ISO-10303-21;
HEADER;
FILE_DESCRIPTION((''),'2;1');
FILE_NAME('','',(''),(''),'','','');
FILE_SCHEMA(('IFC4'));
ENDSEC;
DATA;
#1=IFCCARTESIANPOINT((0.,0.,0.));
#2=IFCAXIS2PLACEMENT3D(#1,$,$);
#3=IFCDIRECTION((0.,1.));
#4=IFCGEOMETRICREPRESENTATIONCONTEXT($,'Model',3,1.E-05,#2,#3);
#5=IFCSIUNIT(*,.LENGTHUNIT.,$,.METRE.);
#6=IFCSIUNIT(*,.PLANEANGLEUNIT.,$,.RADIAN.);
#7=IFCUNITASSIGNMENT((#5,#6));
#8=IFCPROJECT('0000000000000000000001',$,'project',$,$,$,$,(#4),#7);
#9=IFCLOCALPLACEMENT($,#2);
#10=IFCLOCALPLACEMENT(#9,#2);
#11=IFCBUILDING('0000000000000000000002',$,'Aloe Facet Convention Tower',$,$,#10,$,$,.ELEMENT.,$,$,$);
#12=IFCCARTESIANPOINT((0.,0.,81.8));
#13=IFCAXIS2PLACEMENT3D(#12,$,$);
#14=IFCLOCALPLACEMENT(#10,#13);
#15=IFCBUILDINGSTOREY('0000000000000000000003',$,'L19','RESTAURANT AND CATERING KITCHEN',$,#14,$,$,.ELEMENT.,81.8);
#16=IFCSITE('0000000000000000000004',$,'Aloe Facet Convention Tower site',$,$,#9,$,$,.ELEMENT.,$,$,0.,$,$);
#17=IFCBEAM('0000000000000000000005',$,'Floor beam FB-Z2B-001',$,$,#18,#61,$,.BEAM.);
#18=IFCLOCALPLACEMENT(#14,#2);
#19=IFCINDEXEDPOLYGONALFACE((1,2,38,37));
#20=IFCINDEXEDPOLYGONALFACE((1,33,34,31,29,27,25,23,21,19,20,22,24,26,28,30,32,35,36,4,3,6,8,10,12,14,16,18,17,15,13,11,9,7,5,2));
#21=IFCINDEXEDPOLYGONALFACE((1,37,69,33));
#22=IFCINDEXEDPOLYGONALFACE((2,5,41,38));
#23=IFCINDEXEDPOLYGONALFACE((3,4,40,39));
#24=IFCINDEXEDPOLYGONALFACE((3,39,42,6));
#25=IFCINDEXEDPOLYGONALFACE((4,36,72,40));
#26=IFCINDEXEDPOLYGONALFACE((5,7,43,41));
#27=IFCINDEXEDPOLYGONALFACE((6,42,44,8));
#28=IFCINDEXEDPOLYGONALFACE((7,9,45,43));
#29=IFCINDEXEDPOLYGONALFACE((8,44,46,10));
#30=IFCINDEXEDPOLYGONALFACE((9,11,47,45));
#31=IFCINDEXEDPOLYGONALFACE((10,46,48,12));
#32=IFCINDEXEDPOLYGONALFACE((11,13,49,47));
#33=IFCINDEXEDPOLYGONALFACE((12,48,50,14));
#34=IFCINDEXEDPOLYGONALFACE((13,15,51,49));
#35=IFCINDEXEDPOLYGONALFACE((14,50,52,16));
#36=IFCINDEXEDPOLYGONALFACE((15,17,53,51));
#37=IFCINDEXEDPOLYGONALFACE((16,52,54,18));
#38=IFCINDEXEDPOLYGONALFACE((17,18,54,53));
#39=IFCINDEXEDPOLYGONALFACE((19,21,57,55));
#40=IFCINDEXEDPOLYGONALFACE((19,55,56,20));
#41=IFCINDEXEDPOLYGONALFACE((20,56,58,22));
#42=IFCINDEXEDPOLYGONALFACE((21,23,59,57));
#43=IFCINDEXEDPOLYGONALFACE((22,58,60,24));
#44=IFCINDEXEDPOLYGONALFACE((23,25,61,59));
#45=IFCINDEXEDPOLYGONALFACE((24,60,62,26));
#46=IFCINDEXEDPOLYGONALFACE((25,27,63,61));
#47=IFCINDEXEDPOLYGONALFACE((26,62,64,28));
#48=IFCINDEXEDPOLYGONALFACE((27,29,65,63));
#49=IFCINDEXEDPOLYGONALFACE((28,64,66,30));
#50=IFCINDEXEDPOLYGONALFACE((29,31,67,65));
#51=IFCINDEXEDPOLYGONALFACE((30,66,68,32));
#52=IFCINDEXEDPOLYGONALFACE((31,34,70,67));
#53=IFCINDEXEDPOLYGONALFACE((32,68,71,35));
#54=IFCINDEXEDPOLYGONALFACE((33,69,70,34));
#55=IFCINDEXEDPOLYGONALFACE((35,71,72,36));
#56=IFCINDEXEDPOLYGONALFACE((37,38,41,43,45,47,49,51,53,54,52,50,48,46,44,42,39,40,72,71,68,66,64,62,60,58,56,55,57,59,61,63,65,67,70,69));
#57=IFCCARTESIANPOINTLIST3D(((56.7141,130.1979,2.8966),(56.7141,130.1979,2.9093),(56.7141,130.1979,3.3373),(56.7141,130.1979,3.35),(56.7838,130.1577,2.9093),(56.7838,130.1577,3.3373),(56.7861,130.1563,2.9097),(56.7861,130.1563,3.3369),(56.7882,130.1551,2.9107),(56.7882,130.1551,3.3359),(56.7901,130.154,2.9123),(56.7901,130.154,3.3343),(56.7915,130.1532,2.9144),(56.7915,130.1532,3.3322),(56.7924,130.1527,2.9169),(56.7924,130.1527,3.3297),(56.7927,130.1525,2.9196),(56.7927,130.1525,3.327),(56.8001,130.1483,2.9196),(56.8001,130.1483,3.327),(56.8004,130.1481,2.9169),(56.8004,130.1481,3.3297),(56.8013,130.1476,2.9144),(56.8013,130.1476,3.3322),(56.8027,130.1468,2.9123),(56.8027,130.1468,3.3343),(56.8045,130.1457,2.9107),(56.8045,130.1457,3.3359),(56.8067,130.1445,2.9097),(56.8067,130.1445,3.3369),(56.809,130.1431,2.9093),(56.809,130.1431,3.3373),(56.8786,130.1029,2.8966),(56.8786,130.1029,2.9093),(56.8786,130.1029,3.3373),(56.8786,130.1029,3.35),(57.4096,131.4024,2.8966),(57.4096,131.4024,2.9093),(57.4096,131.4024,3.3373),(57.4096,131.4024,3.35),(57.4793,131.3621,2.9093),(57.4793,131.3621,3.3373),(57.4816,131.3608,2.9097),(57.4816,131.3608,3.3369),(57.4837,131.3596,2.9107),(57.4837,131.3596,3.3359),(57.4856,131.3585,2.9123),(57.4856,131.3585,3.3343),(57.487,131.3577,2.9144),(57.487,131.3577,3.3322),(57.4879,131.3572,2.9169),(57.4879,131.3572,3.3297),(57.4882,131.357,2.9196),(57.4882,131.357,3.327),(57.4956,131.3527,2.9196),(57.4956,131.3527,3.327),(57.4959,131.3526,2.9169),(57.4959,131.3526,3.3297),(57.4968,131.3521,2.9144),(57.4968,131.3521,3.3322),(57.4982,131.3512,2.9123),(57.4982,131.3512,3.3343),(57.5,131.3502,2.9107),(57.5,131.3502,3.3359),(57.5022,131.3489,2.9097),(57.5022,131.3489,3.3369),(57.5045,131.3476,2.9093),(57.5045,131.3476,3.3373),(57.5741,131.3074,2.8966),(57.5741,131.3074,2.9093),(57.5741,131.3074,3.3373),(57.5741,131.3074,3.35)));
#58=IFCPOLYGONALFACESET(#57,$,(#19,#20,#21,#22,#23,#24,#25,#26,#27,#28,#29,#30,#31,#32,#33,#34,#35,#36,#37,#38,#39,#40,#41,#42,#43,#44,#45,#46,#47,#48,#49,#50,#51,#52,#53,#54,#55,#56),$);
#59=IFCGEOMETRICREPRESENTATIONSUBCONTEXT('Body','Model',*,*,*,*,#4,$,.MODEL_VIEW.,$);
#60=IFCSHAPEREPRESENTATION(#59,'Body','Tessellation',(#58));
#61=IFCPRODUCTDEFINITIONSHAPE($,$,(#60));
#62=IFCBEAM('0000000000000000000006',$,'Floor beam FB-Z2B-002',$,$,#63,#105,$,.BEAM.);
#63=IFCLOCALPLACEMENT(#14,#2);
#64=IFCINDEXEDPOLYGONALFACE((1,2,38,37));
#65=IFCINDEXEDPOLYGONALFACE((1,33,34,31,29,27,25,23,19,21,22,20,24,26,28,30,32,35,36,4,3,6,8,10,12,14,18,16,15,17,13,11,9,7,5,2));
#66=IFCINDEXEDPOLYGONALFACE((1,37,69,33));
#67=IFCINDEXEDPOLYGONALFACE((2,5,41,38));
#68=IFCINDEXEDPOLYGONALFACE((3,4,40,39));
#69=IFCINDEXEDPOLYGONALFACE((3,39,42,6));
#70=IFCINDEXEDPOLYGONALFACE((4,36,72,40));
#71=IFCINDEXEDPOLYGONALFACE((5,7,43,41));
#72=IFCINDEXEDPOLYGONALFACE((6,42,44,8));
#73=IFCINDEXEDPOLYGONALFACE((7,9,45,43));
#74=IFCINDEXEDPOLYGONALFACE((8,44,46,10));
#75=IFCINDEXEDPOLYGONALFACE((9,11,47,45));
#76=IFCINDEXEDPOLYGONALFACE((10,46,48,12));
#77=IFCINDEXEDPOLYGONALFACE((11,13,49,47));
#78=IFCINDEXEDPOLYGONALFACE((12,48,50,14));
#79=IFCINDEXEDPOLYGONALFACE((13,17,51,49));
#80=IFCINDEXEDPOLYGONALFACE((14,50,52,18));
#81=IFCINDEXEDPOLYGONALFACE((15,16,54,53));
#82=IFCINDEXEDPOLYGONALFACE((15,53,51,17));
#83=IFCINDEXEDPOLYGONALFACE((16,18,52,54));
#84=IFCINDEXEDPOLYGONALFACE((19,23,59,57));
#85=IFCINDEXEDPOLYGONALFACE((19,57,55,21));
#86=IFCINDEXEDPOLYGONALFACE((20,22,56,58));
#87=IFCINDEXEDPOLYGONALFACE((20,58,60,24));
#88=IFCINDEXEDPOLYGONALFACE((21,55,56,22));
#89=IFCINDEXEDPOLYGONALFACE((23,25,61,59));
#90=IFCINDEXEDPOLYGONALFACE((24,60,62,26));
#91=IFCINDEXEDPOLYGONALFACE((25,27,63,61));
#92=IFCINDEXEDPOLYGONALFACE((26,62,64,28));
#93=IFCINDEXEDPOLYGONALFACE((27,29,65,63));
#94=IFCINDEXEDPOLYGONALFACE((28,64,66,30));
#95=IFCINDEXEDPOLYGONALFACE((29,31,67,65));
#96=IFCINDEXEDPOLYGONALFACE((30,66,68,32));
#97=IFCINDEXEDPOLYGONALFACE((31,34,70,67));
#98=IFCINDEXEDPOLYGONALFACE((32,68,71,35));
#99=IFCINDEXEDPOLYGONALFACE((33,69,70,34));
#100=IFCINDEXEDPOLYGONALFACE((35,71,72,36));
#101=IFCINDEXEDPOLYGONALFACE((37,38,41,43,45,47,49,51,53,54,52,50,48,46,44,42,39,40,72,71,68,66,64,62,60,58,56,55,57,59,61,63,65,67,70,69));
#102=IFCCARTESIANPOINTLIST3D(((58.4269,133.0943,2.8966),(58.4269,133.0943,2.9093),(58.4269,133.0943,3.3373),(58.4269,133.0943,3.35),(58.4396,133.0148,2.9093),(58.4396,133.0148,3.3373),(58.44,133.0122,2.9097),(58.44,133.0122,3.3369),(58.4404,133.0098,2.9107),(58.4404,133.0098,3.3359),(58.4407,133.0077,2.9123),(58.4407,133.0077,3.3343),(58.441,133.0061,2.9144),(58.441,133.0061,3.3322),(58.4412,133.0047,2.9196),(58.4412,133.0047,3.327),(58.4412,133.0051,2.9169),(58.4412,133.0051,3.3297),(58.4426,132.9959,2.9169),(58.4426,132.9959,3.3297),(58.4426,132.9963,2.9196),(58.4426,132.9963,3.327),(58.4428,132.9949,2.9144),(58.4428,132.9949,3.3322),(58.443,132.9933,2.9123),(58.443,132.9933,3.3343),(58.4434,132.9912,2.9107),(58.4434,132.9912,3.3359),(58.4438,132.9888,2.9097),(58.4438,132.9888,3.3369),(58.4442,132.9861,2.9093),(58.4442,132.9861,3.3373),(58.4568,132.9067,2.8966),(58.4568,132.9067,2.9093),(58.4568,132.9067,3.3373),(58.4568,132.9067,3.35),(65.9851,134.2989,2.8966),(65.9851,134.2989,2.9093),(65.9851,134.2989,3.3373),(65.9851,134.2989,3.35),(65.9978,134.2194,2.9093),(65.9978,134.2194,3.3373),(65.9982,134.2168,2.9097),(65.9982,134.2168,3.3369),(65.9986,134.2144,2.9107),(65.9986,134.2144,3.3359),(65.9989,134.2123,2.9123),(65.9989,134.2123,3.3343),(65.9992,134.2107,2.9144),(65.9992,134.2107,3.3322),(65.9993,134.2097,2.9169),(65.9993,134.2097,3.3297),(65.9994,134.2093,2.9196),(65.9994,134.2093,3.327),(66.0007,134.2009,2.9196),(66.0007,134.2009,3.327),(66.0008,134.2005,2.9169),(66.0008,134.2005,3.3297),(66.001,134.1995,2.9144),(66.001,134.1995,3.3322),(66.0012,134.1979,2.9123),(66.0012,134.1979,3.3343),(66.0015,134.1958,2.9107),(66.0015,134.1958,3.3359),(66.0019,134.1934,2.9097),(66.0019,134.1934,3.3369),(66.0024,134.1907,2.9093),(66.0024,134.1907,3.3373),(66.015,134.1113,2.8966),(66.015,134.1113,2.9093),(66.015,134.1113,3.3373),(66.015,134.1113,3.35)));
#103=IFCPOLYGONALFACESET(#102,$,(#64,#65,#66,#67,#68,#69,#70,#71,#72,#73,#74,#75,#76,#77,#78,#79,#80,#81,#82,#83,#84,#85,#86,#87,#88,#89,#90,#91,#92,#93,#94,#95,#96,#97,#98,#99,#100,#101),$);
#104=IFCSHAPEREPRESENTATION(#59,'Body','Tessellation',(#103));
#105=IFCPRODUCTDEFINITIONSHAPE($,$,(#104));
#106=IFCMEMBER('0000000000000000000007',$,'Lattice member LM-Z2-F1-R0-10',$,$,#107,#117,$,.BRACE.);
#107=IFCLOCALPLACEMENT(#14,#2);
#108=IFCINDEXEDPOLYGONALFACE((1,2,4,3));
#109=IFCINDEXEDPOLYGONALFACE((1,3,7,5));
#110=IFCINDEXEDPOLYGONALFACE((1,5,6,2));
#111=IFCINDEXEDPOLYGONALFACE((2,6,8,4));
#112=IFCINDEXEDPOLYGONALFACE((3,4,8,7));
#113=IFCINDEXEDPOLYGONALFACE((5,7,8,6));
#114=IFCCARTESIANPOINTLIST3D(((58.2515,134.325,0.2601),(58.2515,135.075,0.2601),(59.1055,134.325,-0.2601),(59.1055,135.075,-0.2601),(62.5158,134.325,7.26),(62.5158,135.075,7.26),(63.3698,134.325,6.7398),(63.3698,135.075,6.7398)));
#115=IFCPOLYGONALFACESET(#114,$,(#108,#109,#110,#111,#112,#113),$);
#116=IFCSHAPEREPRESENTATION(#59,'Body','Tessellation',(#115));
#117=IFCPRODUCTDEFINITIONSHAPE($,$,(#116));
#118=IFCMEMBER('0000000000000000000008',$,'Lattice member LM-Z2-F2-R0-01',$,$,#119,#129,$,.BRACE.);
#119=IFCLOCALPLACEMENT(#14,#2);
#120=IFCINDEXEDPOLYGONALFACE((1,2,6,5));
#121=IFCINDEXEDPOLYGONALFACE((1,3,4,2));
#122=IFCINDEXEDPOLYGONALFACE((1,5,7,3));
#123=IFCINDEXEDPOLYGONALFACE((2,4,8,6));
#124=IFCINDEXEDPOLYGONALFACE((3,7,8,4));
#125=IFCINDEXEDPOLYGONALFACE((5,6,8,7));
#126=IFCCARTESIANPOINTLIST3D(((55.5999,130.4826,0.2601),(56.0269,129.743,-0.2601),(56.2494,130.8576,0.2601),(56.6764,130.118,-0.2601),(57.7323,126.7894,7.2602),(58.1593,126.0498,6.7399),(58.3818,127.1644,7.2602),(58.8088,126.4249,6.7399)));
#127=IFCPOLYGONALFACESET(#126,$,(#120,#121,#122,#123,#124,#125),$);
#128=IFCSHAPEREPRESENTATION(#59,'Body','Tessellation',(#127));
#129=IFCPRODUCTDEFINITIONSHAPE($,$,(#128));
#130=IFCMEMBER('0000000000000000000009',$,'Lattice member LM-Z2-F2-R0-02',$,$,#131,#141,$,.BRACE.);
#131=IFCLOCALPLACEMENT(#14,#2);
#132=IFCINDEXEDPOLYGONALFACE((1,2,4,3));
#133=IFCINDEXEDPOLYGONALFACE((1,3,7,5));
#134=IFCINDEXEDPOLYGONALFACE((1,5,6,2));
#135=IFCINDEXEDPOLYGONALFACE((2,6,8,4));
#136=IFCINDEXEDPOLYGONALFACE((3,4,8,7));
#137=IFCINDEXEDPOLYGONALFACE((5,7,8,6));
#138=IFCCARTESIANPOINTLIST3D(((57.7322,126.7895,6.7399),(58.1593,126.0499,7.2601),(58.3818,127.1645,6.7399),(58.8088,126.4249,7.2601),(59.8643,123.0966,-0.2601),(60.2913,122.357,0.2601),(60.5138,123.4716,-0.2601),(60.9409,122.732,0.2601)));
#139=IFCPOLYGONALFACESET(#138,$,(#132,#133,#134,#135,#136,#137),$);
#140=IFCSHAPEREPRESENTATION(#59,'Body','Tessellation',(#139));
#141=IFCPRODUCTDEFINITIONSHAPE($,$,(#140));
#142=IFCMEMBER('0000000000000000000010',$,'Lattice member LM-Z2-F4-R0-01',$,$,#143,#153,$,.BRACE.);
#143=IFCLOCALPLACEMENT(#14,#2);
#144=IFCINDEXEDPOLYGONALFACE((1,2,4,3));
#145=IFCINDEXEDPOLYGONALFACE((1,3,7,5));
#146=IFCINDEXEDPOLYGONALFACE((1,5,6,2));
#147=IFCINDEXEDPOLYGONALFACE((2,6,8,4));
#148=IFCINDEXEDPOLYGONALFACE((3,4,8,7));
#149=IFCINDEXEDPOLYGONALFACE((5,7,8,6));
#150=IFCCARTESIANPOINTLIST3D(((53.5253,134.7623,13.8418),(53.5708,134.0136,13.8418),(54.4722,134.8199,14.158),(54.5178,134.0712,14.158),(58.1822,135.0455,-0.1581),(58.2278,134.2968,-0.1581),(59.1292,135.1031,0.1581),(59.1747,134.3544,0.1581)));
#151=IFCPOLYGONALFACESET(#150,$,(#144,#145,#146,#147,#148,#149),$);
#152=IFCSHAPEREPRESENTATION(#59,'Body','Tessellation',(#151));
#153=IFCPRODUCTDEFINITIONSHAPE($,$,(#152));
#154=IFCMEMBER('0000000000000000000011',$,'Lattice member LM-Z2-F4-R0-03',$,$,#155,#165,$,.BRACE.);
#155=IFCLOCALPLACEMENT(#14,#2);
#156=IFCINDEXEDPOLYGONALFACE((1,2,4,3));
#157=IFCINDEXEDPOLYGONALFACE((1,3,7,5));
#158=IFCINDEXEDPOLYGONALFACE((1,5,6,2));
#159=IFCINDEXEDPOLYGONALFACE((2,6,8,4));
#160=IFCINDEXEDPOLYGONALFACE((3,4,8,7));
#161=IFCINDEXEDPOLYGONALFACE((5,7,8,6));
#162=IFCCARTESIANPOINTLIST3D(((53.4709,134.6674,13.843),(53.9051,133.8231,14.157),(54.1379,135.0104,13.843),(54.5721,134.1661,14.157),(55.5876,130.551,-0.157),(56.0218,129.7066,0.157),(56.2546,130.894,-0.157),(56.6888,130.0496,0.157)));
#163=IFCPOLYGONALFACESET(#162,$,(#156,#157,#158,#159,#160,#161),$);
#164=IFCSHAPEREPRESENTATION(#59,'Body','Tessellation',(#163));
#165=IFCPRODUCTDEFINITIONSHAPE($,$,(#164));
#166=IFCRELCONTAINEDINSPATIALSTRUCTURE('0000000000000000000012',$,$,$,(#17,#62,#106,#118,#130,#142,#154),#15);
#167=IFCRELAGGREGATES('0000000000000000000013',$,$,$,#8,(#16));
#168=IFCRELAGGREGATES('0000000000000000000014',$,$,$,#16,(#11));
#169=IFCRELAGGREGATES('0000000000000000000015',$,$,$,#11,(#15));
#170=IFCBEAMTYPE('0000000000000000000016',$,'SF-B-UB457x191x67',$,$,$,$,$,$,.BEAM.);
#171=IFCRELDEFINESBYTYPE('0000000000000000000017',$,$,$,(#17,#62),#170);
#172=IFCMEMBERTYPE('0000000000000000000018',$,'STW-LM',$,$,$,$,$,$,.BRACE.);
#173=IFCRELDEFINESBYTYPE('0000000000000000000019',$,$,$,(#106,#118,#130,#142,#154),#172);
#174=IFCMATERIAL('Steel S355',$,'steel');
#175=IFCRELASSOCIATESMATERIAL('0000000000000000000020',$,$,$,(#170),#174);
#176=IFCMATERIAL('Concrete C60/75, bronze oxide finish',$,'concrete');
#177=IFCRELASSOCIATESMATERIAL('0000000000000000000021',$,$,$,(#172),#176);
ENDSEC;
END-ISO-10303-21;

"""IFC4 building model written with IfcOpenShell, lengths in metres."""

from ifc_helpers import new_model, si_unit, direction, frame, origin, origin_2d, place, context, subcontext, project, spatial, rectangle, i_section, extrude, material, material_profile, profile_set, type_object, element, save


model = new_model("IFC4")

# Units and contexts
model_context = context("Model", 3, precision=1e-05, world=origin(), true_north=direction((0.0, 1.0)))
body_context = subcontext(model_context, "Body", "Model", "MODEL_VIEW")
ifc_project = project(units=[si_unit("LENGTHUNIT", "METRE"), si_unit("PLANEANGLEUNIT", "RADIAN")], contexts=[model_context])

# Site, building, storey
site_placement = place(None, origin())
site = spatial("IfcSite", under=ifc_project, at=site_placement, Name="Aloe Facet Convention Tower site", CompositionType="ELEMENT", RefElevation=0.0)
building_placement = place(site_placement, origin())
building = spatial("IfcBuilding", under=site, at=building_placement, Name="Aloe Facet Convention Tower", CompositionType="ELEMENT")
storey_placement = place(building_placement, frame((0.0, 0.0, 81.8)))
storey = spatial("IfcBuildingStorey", under=building, at=storey_placement, Name="L19", Description="RESTAURANT AND CATERING KITCHEN", CompositionType="ELEMENT", Elevation=81.8)

# Beams
ifc_material_1 = material(Name="Steel S355", Category="steel")
ifc_material_profile_1 = material_profile(ifc_material_1, i_section(OverallWidth=0.1899, OverallDepth=0.4534, WebThickness=0.0085, FlangeThickness=0.0127, FilletRadius=0.0103, at=origin_2d()), Name="UB 457x191x67")
ifc_profile_set_1 = profile_set([ifc_material_profile_1], Name="Steel S355")
beam_type_1 = type_object("IfcBeamType", Name="SF-B-UB457x191x67", PredefinedType="BEAM", material=ifc_profile_set_1)
beam_1_placement = place(storey_placement, frame((56.7964, 130.1504, 3.1233), z_axis=(0.500047, 0.865999, 0.0), x_axis=(-0.865999, 0.500047, 0.0)))
element("IfcBeam", 1, at=beam_1_placement, inside=storey, type_object=beam_type_1, Name="Floor beam FB-Z2B-001", PredefinedType="BEAM", context=body_context, shape_type="SweptSolid", body=[
    extrude(i_section(OverallWidth=0.1899, OverallDepth=0.4534, WebThickness=0.0085, FlangeThickness=0.0127, FilletRadius=0.0103, at=origin_2d()), origin(), (0.0, 0.0, 1.0), 1.3909),
])
beam_2_placement = place(storey_placement, frame((58.4419, 133.0005, 3.1233), z_axis=(0.987536, 0.157391, 0.0), x_axis=(-0.157391, 0.987536, 0.0)))
element("IfcBeam", 2, at=beam_2_placement, inside=storey, type_object=beam_type_1, Name="Floor beam FB-Z2B-002", PredefinedType="BEAM", context=body_context, shape_type="SweptSolid", body=[
    extrude(i_section(OverallWidth=0.1899, OverallDepth=0.4534, WebThickness=0.0085, FlangeThickness=0.0127, FilletRadius=0.0103, at=origin_2d()), origin(), (0.0, 0.0, 1.0), 7.6536),
])

# Members
ifc_material_2 = material(Name="Concrete C60/75, bronze oxide finish", Category="concrete")
ifc_material_profile_2 = material_profile(ifc_material_2, rectangle(XDim=0.75, YDim=1.0, at=origin_2d()), Name="STW-LM")
ifc_profile_set_2 = profile_set([ifc_material_profile_2], Name="Concrete C60/75, bronze oxide finish")
member_type = type_object("IfcMemberType", Name="STW-LM", PredefinedType="BRACE", material=ifc_profile_set_2)
member_1_placement = place(storey_placement, frame((58.6785, 134.7, 0.0), z_axis=(0.520262, 0.0, 0.854007), x_axis=(0.0, 1.0, 0.0)))
element("IfcMember", 3, at=member_1_placement, inside=storey, type_object=member_type, Name="Lattice member LM-Z2-F1-R0-10", PredefinedType="BRACE", context=body_context, shape_type="SweptSolid", body=[
    extrude(rectangle(XDim=0.75, YDim=1.0, at=origin_2d()), origin(), (0.0, 0.0, 1.0), 8.1965),
])
member_2_placement = place(storey_placement, frame((56.1382, 130.3003, 0.0), z_axis=(0.260144, -0.450561, 0.854002), x_axis=(0.866015, 0.500018, 0.0)))
element("IfcMember", 4, at=member_2_placement, inside=storey, type_object=member_type, Name="Lattice member LM-Z2-F2-R0-01", PredefinedType="BRACE", context=body_context, shape_type="SweptSolid", body=[
    extrude(rectangle(XDim=0.75, YDim=1.0, at=origin_2d()), origin(), (0.0, 0.0, 1.0), 8.1968),
])
member_3_placement = place(storey_placement, frame((60.4026, 122.9143, 0.0), z_axis=(-0.26012, 0.450541, 0.85402), x_axis=(-0.866025, -0.5, 0.0)))
element("IfcMember", 5, at=member_3_placement, inside=storey, type_object=member_type, Name="Lattice member LM-Z2-F2-R0-02", PredefinedType="BRACE", context=body_context, shape_type="SweptSolid", body=[
    extrude(rectangle(XDim=0.75, YDim=1.0, at=origin_2d()), origin(), (0.0, 0.0, 1.0), 8.1965),
])
member_4_placement = place(storey_placement, frame((58.6785, 134.7, 0.0), z_axis=(-0.315579, -0.019191, 0.948705), x_axis=(0.0607, -0.998156, 0.0)))
element("IfcMember", 6, at=member_4_placement, inside=storey, type_object=member_type, Name="Lattice member LM-Z2-F4-R0-01", PredefinedType="BRACE", context=body_context, shape_type="SweptSolid", body=[
    extrude(rectangle(XDim=0.75, YDim=1.0, at=origin_2d()), origin(), (0.0, 0.0, 1.0), 14.7568),
])
member_5_placement = place(storey_placement, frame((56.1382, 130.3003, 0.0), z_axis=(-0.14355, 0.27917, 0.949451), x_axis=(-0.889317, -0.457291, 0.0)))
element("IfcMember", 7, at=member_5_placement, inside=storey, type_object=member_type, Name="Lattice member LM-Z2-F4-R0-03", PredefinedType="BRACE", context=body_context, shape_type="SweptSolid", body=[
    extrude(rectangle(XDim=0.75, YDim=1.0, at=origin_2d()), origin(), (0.0, 0.0, 1.0), 14.7454),
])

save(model, "model.ifc")
